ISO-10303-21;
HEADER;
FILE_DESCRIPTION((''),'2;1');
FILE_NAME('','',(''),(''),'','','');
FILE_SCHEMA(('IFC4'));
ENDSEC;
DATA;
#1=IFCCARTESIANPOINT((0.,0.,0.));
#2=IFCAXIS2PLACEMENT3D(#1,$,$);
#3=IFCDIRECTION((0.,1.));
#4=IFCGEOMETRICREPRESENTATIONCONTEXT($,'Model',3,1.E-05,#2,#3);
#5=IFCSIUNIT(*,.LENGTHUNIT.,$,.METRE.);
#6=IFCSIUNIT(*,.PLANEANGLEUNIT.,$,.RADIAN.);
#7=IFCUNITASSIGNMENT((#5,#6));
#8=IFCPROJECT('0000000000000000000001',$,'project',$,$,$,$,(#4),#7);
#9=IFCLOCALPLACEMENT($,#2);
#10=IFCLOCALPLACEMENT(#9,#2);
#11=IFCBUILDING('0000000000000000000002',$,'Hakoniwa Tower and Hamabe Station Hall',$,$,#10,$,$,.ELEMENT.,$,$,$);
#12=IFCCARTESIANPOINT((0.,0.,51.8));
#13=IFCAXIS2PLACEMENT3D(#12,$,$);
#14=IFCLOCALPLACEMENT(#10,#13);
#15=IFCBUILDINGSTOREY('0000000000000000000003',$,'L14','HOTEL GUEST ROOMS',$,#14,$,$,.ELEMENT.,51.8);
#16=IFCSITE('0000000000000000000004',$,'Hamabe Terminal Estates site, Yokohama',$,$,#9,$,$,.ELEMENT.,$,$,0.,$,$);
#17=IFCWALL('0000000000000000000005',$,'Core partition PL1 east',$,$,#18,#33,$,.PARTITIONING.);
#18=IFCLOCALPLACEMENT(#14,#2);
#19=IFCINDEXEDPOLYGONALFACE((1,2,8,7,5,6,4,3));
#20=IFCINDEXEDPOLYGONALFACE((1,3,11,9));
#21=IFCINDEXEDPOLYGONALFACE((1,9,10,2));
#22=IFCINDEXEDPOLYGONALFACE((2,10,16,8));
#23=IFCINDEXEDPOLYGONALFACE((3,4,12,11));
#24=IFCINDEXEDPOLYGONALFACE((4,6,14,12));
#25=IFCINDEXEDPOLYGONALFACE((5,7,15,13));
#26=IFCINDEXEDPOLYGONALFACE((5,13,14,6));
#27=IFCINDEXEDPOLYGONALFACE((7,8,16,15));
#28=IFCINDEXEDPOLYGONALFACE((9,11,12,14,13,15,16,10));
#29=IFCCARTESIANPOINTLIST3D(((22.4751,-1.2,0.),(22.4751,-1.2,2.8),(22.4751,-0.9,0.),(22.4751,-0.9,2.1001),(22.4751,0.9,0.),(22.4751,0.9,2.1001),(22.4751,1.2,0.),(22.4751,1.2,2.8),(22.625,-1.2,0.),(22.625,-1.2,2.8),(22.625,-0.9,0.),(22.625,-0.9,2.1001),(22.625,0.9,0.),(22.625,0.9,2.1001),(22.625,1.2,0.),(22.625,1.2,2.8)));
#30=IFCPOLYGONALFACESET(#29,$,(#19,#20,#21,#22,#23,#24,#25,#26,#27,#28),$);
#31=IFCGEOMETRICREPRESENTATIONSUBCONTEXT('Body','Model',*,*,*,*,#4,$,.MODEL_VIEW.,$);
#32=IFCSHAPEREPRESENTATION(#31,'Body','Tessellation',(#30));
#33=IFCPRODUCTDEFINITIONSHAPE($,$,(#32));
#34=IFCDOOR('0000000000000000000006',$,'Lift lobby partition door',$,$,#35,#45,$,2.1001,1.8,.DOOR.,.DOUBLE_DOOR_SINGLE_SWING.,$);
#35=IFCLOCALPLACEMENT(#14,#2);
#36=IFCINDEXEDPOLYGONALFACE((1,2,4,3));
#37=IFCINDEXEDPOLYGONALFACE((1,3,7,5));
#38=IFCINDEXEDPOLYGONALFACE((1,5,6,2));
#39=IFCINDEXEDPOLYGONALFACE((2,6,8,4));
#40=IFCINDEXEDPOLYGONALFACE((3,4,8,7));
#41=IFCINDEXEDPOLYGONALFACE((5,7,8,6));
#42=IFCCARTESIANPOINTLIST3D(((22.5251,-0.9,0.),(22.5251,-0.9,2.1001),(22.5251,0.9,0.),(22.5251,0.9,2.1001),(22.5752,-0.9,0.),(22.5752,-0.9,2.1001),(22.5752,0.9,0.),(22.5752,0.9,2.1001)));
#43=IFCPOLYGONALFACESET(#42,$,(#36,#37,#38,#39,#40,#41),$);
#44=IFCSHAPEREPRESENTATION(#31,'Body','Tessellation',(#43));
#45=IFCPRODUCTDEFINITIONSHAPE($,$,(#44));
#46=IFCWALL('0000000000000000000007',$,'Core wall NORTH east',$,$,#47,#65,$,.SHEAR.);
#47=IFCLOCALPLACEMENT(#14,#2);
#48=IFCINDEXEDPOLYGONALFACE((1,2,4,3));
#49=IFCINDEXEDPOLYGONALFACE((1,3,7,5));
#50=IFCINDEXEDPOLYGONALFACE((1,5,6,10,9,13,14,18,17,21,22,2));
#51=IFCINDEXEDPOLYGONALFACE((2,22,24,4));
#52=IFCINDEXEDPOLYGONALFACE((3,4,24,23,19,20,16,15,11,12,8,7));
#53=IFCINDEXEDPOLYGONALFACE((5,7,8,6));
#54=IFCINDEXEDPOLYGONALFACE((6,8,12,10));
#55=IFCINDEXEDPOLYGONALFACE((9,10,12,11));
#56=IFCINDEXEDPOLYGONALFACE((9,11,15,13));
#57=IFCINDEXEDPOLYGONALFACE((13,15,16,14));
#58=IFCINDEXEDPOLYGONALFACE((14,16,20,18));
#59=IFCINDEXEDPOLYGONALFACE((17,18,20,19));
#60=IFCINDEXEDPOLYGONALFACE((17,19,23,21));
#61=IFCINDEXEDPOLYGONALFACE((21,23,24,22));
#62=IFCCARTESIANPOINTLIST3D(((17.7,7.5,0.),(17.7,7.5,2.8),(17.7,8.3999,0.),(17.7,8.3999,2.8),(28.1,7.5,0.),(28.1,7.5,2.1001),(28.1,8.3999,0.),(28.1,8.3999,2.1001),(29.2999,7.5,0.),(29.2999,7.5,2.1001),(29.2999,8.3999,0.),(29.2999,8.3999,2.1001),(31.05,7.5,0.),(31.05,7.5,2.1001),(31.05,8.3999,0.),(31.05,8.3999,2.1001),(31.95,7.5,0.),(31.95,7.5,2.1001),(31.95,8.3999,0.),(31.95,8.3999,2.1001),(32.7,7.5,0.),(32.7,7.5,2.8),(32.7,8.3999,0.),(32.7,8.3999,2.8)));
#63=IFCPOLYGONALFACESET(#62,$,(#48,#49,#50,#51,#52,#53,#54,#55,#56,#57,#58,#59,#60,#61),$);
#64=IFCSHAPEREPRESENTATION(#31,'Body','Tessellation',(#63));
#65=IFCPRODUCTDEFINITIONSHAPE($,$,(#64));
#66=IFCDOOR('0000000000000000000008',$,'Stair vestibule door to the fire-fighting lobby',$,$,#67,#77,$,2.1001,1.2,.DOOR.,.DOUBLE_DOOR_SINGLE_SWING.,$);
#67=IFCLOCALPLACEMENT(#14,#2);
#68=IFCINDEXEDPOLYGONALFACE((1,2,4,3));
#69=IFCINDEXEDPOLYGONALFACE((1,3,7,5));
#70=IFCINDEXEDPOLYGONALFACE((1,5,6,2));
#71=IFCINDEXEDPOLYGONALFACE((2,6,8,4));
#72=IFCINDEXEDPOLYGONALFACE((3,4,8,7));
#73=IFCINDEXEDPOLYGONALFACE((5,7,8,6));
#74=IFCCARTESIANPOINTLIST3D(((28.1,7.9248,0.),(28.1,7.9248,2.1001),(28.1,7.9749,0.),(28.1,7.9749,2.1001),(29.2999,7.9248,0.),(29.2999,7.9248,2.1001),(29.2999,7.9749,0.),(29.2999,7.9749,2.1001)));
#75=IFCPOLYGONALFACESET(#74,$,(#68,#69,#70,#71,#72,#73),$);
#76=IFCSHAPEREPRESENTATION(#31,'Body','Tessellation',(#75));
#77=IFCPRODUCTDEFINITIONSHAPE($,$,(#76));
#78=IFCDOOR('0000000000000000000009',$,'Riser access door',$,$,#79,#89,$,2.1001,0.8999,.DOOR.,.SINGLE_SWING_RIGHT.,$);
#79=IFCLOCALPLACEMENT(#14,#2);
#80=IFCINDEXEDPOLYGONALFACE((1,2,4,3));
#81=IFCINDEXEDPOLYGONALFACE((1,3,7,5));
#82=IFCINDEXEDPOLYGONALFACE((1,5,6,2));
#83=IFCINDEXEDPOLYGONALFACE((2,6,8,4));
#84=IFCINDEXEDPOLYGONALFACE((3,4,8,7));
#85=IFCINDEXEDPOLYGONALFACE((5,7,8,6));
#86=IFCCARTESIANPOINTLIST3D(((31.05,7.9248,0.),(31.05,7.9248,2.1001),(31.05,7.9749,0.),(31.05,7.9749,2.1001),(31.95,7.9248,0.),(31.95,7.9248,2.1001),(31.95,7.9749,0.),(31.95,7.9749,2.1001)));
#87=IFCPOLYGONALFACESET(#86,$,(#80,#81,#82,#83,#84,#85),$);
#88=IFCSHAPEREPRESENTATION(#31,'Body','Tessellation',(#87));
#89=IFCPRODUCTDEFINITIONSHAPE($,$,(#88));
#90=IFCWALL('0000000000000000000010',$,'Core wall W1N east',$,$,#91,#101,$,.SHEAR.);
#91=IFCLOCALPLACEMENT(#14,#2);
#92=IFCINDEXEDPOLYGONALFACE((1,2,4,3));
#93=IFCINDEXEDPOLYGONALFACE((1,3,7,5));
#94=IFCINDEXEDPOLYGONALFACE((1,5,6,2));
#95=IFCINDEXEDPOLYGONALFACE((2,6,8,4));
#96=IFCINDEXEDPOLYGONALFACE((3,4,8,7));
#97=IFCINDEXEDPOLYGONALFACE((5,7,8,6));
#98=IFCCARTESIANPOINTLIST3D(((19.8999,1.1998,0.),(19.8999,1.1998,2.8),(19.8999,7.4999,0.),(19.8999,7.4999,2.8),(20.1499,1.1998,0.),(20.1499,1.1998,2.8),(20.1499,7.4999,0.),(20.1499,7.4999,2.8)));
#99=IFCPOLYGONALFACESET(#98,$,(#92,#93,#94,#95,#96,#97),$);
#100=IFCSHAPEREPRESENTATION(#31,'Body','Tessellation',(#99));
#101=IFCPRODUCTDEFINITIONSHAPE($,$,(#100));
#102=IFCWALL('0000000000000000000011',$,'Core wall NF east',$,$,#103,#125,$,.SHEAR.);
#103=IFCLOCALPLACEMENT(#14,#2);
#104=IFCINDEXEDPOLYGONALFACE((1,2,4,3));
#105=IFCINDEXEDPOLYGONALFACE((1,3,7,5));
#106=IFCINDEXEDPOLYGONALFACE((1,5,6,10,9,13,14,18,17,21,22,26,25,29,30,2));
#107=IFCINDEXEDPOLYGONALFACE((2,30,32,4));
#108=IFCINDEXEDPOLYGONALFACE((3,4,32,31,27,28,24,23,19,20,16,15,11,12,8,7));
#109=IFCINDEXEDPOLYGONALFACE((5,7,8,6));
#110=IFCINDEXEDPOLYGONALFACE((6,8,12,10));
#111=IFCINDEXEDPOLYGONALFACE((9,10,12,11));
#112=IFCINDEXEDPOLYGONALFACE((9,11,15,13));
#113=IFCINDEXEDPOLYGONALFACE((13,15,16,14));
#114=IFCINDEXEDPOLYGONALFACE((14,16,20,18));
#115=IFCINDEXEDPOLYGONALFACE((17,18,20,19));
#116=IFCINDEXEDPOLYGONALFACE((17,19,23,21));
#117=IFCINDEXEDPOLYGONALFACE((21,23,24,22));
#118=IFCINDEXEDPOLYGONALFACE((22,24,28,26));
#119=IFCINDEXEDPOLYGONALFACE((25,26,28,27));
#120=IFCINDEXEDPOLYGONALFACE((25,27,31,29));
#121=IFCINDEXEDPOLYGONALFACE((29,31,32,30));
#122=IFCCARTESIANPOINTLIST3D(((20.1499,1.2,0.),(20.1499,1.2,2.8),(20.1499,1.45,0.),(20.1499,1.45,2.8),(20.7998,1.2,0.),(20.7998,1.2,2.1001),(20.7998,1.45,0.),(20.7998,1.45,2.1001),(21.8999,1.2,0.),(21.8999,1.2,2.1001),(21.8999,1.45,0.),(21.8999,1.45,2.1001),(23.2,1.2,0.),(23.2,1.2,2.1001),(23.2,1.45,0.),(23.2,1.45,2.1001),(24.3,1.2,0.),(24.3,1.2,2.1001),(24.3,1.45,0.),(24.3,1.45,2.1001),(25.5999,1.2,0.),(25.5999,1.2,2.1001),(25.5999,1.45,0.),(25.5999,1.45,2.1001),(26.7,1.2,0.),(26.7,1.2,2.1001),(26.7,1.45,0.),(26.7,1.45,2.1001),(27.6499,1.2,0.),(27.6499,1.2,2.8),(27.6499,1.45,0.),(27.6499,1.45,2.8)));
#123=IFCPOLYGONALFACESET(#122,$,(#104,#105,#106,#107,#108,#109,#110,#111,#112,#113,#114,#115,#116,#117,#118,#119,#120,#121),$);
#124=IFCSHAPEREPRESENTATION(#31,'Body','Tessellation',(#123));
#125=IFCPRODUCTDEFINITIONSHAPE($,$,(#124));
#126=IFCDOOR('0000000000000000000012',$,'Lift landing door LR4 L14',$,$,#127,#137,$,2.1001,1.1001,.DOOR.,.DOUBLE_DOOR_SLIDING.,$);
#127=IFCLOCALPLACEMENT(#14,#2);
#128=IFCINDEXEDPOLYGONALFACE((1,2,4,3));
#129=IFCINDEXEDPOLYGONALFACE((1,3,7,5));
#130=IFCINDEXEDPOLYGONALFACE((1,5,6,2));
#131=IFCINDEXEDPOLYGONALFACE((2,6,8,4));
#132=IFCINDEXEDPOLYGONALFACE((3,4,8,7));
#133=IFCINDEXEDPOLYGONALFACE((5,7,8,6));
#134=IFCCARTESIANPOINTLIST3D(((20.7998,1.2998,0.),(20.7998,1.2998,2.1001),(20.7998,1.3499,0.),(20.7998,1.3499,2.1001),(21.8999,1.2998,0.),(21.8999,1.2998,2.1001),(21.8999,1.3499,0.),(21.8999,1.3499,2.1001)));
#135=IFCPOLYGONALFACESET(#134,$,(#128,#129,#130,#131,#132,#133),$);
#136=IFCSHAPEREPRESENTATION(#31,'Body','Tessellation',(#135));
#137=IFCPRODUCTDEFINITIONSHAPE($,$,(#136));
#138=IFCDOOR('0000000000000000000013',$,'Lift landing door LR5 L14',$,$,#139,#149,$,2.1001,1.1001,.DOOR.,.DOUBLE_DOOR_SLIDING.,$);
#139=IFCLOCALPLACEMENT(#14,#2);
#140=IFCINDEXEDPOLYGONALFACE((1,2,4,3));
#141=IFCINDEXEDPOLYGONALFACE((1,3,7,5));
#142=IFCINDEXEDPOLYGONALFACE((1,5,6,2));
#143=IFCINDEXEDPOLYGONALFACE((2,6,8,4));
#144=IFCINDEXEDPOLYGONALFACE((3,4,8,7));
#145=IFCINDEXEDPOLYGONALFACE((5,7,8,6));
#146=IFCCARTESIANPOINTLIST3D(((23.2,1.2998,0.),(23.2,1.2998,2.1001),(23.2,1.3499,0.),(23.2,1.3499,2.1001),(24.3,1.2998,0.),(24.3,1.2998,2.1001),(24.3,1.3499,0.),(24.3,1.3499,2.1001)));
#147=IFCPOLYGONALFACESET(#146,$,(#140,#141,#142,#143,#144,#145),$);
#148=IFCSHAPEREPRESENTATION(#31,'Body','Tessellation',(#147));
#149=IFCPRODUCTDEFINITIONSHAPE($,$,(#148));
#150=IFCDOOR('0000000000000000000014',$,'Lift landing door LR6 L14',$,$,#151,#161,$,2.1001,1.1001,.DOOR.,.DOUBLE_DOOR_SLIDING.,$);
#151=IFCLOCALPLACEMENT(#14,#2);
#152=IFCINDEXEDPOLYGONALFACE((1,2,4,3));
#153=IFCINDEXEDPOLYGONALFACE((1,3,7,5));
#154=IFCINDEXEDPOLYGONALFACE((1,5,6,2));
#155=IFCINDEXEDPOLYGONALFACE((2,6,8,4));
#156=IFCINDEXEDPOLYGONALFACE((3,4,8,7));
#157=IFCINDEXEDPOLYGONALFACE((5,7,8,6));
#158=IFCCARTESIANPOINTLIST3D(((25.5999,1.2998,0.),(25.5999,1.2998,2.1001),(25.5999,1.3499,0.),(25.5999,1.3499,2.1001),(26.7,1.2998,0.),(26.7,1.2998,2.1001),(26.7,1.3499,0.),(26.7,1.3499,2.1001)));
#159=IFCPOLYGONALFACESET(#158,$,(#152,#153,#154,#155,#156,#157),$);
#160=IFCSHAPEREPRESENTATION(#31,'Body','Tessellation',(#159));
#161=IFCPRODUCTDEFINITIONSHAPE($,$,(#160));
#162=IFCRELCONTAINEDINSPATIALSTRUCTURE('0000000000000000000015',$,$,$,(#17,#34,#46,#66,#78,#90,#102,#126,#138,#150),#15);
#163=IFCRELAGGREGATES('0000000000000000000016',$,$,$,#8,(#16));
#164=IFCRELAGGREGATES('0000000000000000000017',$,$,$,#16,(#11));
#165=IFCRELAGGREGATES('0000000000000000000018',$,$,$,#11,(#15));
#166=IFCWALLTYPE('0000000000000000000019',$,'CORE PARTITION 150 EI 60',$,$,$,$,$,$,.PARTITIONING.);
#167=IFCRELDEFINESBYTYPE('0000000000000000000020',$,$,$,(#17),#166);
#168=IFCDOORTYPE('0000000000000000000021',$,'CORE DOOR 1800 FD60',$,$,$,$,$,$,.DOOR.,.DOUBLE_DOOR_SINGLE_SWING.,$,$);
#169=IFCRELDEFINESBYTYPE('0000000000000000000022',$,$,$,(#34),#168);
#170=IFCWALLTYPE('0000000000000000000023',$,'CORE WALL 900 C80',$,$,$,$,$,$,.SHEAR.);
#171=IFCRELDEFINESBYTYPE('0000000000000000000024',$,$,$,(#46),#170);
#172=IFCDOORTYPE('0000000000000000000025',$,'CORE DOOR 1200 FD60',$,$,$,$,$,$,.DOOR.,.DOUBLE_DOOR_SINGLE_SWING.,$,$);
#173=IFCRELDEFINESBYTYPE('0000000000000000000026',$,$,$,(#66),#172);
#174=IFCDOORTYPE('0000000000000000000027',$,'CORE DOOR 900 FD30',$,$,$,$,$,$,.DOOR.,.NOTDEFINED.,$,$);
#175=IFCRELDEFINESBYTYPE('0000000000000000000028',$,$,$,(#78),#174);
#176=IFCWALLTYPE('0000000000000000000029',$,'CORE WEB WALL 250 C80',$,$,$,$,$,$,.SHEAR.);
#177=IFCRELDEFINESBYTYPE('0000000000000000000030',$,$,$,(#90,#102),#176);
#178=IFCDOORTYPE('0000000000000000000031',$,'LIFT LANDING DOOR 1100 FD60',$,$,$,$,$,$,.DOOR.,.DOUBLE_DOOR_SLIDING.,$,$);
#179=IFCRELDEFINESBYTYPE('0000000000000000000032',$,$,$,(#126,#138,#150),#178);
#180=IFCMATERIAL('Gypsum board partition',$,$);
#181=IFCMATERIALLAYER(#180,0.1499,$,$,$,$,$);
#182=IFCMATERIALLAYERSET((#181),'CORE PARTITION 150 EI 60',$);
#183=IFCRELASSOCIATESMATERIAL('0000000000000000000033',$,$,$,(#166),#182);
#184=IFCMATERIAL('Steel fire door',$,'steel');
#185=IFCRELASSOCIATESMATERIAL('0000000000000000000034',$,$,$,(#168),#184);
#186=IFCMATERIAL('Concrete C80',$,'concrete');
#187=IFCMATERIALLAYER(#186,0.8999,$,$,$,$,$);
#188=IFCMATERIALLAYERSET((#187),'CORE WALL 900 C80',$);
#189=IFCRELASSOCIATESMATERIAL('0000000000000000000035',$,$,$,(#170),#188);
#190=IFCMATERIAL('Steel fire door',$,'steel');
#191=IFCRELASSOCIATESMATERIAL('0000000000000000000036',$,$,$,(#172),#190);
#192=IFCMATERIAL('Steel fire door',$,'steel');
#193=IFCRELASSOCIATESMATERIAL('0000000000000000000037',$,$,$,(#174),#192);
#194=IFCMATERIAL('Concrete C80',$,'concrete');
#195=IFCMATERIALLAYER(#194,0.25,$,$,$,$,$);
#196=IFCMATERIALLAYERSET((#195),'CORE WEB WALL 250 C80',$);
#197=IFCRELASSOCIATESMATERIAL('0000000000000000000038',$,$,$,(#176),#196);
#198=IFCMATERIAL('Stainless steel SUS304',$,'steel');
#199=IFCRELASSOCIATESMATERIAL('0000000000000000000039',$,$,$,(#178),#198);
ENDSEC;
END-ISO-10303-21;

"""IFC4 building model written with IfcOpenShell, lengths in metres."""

from ifc_helpers import new_model, si_unit, direction, frame, frame_2d, origin, place, context, subcontext, project, spatial, rectangle, extrude, material, layer, layer_set, type_object, element, fill, save


model = new_model("IFC4")

# Units and contexts
model_context = context("Model", 3, precision=1e-05, world=origin(), true_north=direction((0.0, 1.0)))
body_context = subcontext(model_context, "Body", "Model", "MODEL_VIEW")
ifc_project = project(units=[si_unit("LENGTHUNIT", "METRE"), si_unit("PLANEANGLEUNIT", "RADIAN")], contexts=[model_context])

# Site, building, storey
site_placement = place(None, origin())
site = spatial("IfcSite", under=ifc_project, at=site_placement, Name="Hamabe Terminal Estates site, Yokohama", CompositionType="ELEMENT", RefElevation=0.0)
building_placement = place(site_placement, origin())
building = spatial("IfcBuilding", under=site, at=building_placement, Name="Hakoniwa Tower and Hamabe Station Hall", CompositionType="ELEMENT")
storey_placement = place(building_placement, frame((0.0, 0.0, 51.8)))
storey = spatial("IfcBuildingStorey", under=building, at=storey_placement, Name="L14", Description="HOTEL GUEST ROOMS", CompositionType="ELEMENT", Elevation=51.8)

# Wall, opening, door
ifc_material_1 = material(Name="Gypsum board partition")
ifc_layer_1 = layer(ifc_material_1, 0.1499)
ifc_layer_set_1 = layer_set([ifc_layer_1], Name="CORE PARTITION 150 EI 60")
wall_type_1 = type_object("IfcWallType", Name="CORE PARTITION 150 EI 60", PredefinedType="PARTITIONING", material=ifc_layer_set_1)
ifc_material_2 = material(Name="Steel fire door", Category="steel")
door_type_1 = type_object("IfcDoorType", Name="CORE DOOR 1800 FD60", OperationType="DOUBLE_DOOR_SINGLE_SWING", PredefinedType="DOOR", material=ifc_material_2)
wall_1_placement = place(storey_placement, frame((22.55, -1.2, 0.0), z_axis=(0.0, 0.0, 1.0), x_axis=(0.0, 1.0, 0.0)))
wall_1 = element("IfcWall", 1, at=wall_1_placement, inside=storey, type_object=wall_type_1, Name="Core partition PL1 east", PredefinedType="PARTITIONING", context=body_context, shape_type="SweptSolid", body=[
    extrude(rectangle(XDim=2.3999, YDim=0.1499, at=frame_2d((1.2, 0.0))), origin(), (0.0, 0.0, 1.0), 2.8),
])
opening_1_placement = place(wall_1_placement, frame((0.3, 0.0, 0.0)))
opening_1 = element("IfcOpeningElement", 2, at=opening_1_placement, cuts=wall_1, PredefinedType="OPENING", context=body_context, shape_type="SweptSolid", body=[
    extrude(rectangle(XDim=1.8, YDim=2.1001, at=frame_2d((0.8999, 1.05))), frame((0.0, 0.085, 0.0), z_axis=(0.0, -1.0, 0.0), x_axis=(1.0, 0.0, 0.0)), (0.0, 0.0, 1.0), 0.1699),
])
door_1_placement = place(opening_1_placement, origin())
door_1 = element("IfcDoor", 3, at=door_1_placement, inside=storey, type_object=door_type_1, Name="Lift lobby partition door", OperationType="DOUBLE_DOOR_SINGLE_SWING", OverallHeight=2.1001, OverallWidth=1.8, PredefinedType="DOOR", context=body_context, shape_type="SweptSolid", body=[
    extrude(rectangle(XDim=1.8, YDim=2.1001, at=frame_2d((0.8999, 1.05))), frame((0.0, 0.0249, 0.0), z_axis=(0.0, -1.0, 0.0), x_axis=(1.0, 0.0, 0.0)), (0.0, 0.0, 1.0), 0.05),
])
fill(opening_1, door_1)

# Wall, openings, doors
ifc_material_3 = material(Name="Concrete C80", Category="concrete")
ifc_layer_2 = layer(ifc_material_3, 0.8999)
ifc_layer_set_2 = layer_set([ifc_layer_2], Name="CORE WALL 900 C80")
wall_type_2 = type_object("IfcWallType", Name="CORE WALL 900 C80", PredefinedType="SHEAR", material=ifc_layer_set_2)
wall_2_placement = place(storey_placement, frame((17.7, 7.95, 0.0), z_axis=(0.0, 0.0, 1.0), x_axis=(1.0, 0.0, 0.0)))
wall_2 = element("IfcWall", 4, at=wall_2_placement, inside=storey, type_object=wall_type_2, Name="Core wall NORTH east", PredefinedType="SHEAR", context=body_context, shape_type="SweptSolid", body=[
    extrude(rectangle(XDim=15.0, YDim=0.8999, at=frame_2d((7.5, 0.0))), origin(), (0.0, 0.0, 1.0), 2.8),
])
opening_2_placement = place(wall_2_placement, frame((10.3999, 0.0, 0.0)))
opening_2 = element("IfcOpeningElement", 5, at=opening_2_placement, cuts=wall_2, PredefinedType="OPENING", context=body_context, shape_type="SweptSolid", body=[
    extrude(rectangle(XDim=1.2, YDim=2.1001, at=frame_2d((0.6001, 1.05))), frame((0.0, 0.46, 0.0), z_axis=(0.0, -1.0, 0.0), x_axis=(1.0, 0.0, 0.0)), (0.0, 0.0, 1.0), 0.9199),
])
opening_3_placement = place(wall_2_placement, frame((13.3501, 0.0, 0.0)))
opening_3 = element("IfcOpeningElement", 6, at=opening_3_placement, cuts=wall_2, PredefinedType="OPENING", context=body_context, shape_type="SweptSolid", body=[
    extrude(rectangle(XDim=0.8999, YDim=2.1001, at=frame_2d((0.45, 1.05))), frame((0.0, 0.46, 0.0), z_axis=(0.0, -1.0, 0.0), x_axis=(1.0, 0.0, 0.0)), (0.0, 0.0, 1.0), 0.9199),
])
ifc_material_4 = material(Name="Steel fire door", Category="steel")
door_type_2 = type_object("IfcDoorType", Name="CORE DOOR 1200 FD60", OperationType="DOUBLE_DOOR_SINGLE_SWING", PredefinedType="DOOR", material=ifc_material_4)
door_2_placement = place(opening_2_placement, origin())
door_2 = element("IfcDoor", 7, at=door_2_placement, inside=storey, type_object=door_type_2, Name="Stair vestibule door to the fire-fighting lobby", OperationType="DOUBLE_DOOR_SINGLE_SWING", OverallHeight=2.1001, OverallWidth=1.2, PredefinedType="DOOR", context=body_context, shape_type="SweptSolid", body=[
    extrude(rectangle(XDim=1.2, YDim=2.1001, at=frame_2d((0.6001, 1.05))), frame((0.0, 0.0249, 0.0), z_axis=(0.0, -1.0, 0.0), x_axis=(1.0, 0.0, 0.0)), (0.0, 0.0, 1.0), 0.05),
])
fill(opening_2, door_2)
ifc_material_5 = material(Name="Steel fire door", Category="steel")
door_type_3 = type_object("IfcDoorType", Name="CORE DOOR 900 FD30", OperationType="NOTDEFINED", PredefinedType="DOOR", material=ifc_material_5)
door_3_placement = place(opening_3_placement, origin())
door_3 = element("IfcDoor", 8, at=door_3_placement, inside=storey, type_object=door_type_3, Name="Riser access door", OperationType="SINGLE_SWING_RIGHT", OverallHeight=2.1001, OverallWidth=0.8999, PredefinedType="DOOR", context=body_context, shape_type="SweptSolid", body=[
    extrude(rectangle(XDim=0.8999, YDim=2.1001, at=frame_2d((0.45, 1.05))), frame((0.0, 0.0249, 0.0), z_axis=(0.0, -1.0, 0.0), x_axis=(1.0, 0.0, 0.0)), (0.0, 0.0, 1.0), 0.05),
])
fill(opening_3, door_3)

# Wall
ifc_material_6 = material(Name="Concrete C80", Category="concrete")
ifc_layer_3 = layer(ifc_material_6, 0.25)
ifc_layer_set_3 = layer_set([ifc_layer_3], Name="CORE WEB WALL 250 C80")
wall_type_3 = type_object("IfcWallType", Name="CORE WEB WALL 250 C80", PredefinedType="SHEAR", material=ifc_layer_set_3)
wall_3_placement = place(storey_placement, frame((20.0249, 1.2, 0.0), z_axis=(0.0, 0.0, 1.0), x_axis=(0.0, 1.0, 0.0)))
element("IfcWall", 9, at=wall_3_placement, inside=storey, type_object=wall_type_3, Name="Core wall W1N east", PredefinedType="SHEAR", context=body_context, shape_type="SweptSolid", body=[
    extrude(rectangle(XDim=6.3, YDim=0.25, at=frame_2d((3.1499, 0.0))), origin(), (0.0, 0.0, 1.0), 2.8),
])

# Wall, openings, doors
wall_4_placement = place(storey_placement, frame((20.1499, 1.325, 0.0), z_axis=(0.0, 0.0, 1.0), x_axis=(1.0, 0.0, 0.0)))
wall_4 = element("IfcWall", 10, at=wall_4_placement, inside=storey, type_object=wall_type_3, Name="Core wall NF east", PredefinedType="SHEAR", context=body_context, shape_type="SweptSolid", body=[
    extrude(rectangle(XDim=7.5, YDim=0.25, at=frame_2d((3.75, 0.0))), origin(), (0.0, 0.0, 1.0), 2.8),
])
opening_4_placement = place(wall_4_placement, frame((0.6499, 0.0, 0.0)))
opening_4 = element("IfcOpeningElement", 11, at=opening_4_placement, cuts=wall_4, PredefinedType="OPENING", context=body_context, shape_type="SweptSolid", body=[
    extrude(rectangle(XDim=1.1001, YDim=2.1001, at=frame_2d((0.55, 1.05))), frame((0.0, 0.135, 0.0), z_axis=(0.0, -1.0, 0.0), x_axis=(1.0, 0.0, 0.0)), (0.0, 0.0, 1.0), 0.27),
])
opening_5_placement = place(wall_4_placement, frame((3.05, 0.0, 0.0)))
opening_5 = element("IfcOpeningElement", 12, at=opening_5_placement, cuts=wall_4, PredefinedType="OPENING", context=body_context, shape_type="SweptSolid", body=[
    extrude(rectangle(XDim=1.1001, YDim=2.1001, at=frame_2d((0.55, 1.05))), frame((0.0, 0.135, 0.0), z_axis=(0.0, -1.0, 0.0), x_axis=(1.0, 0.0, 0.0)), (0.0, 0.0, 1.0), 0.27),
])
opening_6_placement = place(wall_4_placement, frame((5.45, 0.0, 0.0)))
opening_6 = element("IfcOpeningElement", 13, at=opening_6_placement, cuts=wall_4, PredefinedType="OPENING", context=body_context, shape_type="SweptSolid", body=[
    extrude(rectangle(XDim=1.1001, YDim=2.1001, at=frame_2d((0.55, 1.05))), frame((0.0, 0.135, 0.0), z_axis=(0.0, -1.0, 0.0), x_axis=(1.0, 0.0, 0.0)), (0.0, 0.0, 1.0), 0.27),
])
ifc_material_7 = material(Name="Stainless steel SUS304", Category="steel")
door_type_4 = type_object("IfcDoorType", Name="LIFT LANDING DOOR 1100 FD60", OperationType="DOUBLE_DOOR_SLIDING", PredefinedType="DOOR", material=ifc_material_7)
door_4_placement = place(opening_4_placement, origin())
door_4 = element("IfcDoor", 14, at=door_4_placement, inside=storey, type_object=door_type_4, Name="Lift landing door LR4 L14", OperationType="DOUBLE_DOOR_SLIDING", OverallHeight=2.1001, OverallWidth=1.1001, PredefinedType="DOOR", context=body_context, shape_type="SweptSolid", body=[
    extrude(rectangle(XDim=1.1001, YDim=2.1001, at=frame_2d((0.55, 1.05))), frame((0.0, 0.0249, 0.0), z_axis=(0.0, -1.0, 0.0), x_axis=(1.0, 0.0, 0.0)), (0.0, 0.0, 1.0), 0.05),
])
fill(opening_4, door_4)
door_5_placement = place(opening_5_placement, origin())
door_5 = element("IfcDoor", 15, at=door_5_placement, inside=storey, type_object=door_type_4, Name="Lift landing door LR5 L14", OperationType="DOUBLE_DOOR_SLIDING", OverallHeight=2.1001, OverallWidth=1.1001, PredefinedType="DOOR", context=body_context, shape_type="SweptSolid", body=[
    extrude(rectangle(XDim=1.1001, YDim=2.1001, at=frame_2d((0.55, 1.05))), frame((0.0, 0.0249, 0.0), z_axis=(0.0, -1.0, 0.0), x_axis=(1.0, 0.0, 0.0)), (0.0, 0.0, 1.0), 0.05),
])
fill(opening_5, door_5)
door_6_placement = place(opening_6_placement, origin())
door_6 = element("IfcDoor", 16, at=door_6_placement, inside=storey, type_object=door_type_4, Name="Lift landing door LR6 L14", OperationType="DOUBLE_DOOR_SLIDING", OverallHeight=2.1001, OverallWidth=1.1001, PredefinedType="DOOR", context=body_context, shape_type="SweptSolid", body=[
    extrude(rectangle(XDim=1.1001, YDim=2.1001, at=frame_2d((0.55, 1.05))), frame((0.0, 0.0249, 0.0), z_axis=(0.0, -1.0, 0.0), x_axis=(1.0, 0.0, 0.0)), (0.0, 0.0, 1.0), 0.05),
])
fill(opening_6, door_6)

save(model, "model.ifc")
